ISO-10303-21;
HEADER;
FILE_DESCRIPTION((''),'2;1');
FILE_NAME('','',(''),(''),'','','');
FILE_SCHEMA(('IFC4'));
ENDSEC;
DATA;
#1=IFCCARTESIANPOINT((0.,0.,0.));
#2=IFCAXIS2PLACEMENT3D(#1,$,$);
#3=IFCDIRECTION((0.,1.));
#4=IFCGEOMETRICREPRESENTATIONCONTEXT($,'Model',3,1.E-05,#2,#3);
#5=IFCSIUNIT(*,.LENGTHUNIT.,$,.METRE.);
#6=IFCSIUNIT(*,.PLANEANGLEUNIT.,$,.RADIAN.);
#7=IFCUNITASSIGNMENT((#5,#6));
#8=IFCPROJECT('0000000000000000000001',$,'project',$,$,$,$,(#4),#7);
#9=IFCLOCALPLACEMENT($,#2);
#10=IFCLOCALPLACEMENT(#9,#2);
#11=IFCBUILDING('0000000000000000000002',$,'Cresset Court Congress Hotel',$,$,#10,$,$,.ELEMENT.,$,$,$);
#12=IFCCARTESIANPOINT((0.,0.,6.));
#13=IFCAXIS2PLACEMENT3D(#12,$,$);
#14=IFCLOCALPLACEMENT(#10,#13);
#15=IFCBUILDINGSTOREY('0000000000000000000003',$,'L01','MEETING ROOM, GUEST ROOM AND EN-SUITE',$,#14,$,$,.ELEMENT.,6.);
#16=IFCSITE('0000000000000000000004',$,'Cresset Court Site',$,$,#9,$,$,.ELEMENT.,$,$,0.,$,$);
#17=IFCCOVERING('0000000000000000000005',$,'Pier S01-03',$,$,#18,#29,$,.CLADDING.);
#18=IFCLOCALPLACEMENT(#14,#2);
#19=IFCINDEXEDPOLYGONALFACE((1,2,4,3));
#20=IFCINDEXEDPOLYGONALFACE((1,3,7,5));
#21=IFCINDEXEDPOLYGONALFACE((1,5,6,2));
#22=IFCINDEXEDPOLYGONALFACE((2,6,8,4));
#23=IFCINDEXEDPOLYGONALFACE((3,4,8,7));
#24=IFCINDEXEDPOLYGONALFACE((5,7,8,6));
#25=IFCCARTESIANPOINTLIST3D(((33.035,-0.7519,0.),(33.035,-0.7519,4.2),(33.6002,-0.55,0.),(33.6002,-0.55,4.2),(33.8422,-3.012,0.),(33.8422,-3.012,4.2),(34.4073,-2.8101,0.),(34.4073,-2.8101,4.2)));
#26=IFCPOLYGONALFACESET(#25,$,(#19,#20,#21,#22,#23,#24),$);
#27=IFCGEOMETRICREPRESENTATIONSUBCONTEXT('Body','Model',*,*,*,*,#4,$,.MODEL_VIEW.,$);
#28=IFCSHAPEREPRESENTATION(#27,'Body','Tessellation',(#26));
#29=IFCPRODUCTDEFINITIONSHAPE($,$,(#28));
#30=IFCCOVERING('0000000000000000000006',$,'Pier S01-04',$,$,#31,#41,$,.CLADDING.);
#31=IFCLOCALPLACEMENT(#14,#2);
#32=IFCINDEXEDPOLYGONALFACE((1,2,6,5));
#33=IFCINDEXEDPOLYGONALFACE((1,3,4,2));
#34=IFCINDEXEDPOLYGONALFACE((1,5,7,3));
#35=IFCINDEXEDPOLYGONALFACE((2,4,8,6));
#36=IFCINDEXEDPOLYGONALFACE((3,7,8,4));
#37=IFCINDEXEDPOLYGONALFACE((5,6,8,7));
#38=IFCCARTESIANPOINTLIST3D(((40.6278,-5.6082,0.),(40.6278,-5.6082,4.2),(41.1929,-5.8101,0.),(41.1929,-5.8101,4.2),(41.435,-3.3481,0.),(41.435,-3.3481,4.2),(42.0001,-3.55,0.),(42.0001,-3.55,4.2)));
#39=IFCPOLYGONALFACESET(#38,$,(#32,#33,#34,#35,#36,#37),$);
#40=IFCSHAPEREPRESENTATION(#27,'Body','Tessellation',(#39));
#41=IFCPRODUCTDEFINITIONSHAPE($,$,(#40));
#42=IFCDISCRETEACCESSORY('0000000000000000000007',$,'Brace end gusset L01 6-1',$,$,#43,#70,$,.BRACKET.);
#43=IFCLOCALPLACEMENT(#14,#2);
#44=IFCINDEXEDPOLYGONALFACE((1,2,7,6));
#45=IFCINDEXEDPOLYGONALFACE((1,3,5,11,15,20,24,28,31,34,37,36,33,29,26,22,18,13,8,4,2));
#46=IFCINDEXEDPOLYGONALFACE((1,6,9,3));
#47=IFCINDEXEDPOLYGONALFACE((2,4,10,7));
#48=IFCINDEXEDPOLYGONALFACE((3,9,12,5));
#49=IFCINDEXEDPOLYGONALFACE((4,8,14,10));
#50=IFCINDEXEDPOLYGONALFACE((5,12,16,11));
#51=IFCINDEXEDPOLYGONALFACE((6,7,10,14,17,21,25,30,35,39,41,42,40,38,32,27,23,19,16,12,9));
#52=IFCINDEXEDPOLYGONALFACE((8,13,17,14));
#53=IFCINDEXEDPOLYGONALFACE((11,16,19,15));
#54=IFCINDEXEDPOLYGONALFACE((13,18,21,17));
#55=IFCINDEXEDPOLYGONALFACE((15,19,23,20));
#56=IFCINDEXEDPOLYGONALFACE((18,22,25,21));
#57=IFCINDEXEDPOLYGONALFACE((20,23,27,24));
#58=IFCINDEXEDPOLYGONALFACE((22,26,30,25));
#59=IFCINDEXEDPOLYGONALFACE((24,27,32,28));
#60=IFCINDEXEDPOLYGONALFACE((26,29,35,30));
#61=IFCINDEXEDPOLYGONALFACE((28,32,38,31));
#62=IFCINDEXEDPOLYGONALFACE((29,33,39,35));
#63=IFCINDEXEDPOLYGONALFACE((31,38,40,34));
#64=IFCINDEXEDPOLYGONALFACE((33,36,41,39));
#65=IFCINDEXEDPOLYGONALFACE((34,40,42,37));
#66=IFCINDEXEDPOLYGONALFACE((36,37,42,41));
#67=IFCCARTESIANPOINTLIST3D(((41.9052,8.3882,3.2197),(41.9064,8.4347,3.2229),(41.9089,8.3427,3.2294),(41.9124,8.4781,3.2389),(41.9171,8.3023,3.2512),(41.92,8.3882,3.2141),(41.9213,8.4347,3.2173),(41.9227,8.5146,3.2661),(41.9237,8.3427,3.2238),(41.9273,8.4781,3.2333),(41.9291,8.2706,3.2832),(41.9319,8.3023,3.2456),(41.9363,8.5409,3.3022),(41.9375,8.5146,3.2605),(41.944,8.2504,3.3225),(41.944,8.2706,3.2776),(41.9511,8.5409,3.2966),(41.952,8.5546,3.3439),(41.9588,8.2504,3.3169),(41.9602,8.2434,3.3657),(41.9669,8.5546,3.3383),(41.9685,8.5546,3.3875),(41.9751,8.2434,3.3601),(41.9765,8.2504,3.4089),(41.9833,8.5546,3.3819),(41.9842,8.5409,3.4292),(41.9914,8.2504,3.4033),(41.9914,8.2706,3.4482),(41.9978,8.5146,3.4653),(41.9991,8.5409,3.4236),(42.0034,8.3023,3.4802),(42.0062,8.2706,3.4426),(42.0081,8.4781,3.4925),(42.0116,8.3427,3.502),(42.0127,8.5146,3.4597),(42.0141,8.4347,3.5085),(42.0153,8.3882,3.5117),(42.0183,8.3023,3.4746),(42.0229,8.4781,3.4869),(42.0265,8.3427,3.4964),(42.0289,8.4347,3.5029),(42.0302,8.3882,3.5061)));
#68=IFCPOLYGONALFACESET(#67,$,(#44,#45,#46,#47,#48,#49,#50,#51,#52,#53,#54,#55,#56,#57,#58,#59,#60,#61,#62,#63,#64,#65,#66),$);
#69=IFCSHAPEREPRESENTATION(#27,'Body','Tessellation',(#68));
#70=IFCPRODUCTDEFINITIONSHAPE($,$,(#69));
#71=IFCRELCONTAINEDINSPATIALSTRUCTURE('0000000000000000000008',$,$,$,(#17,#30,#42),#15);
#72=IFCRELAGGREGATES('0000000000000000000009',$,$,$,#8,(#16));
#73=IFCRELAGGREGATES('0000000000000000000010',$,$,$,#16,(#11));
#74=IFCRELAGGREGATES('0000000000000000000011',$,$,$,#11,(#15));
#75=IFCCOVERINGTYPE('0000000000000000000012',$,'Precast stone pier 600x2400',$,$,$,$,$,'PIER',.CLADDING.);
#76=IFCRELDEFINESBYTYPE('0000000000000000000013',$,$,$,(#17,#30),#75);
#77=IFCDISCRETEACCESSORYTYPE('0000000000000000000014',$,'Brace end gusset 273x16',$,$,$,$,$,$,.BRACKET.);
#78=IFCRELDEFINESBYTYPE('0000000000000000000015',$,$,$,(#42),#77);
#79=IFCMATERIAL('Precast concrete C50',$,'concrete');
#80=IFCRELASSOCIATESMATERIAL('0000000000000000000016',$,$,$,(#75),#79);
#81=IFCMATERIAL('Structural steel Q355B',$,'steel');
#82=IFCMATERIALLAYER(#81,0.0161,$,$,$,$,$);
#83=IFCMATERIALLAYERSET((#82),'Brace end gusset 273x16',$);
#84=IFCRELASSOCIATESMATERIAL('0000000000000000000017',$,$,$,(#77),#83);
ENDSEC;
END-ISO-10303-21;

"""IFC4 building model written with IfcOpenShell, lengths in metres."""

from ifc_helpers import new_model, si_unit, direction, frame, origin, origin_2d, place, context, subcontext, project, spatial, rectangle, circle, extrude, material, layer, layer_set, type_object, element, save


model = new_model("IFC4")

# Units and contexts
model_context = context("Model", 3, precision=1e-05, world=origin(), true_north=direction((0.0, 1.0)))
body_context = subcontext(model_context, "Body", "Model", "MODEL_VIEW")
ifc_project = project(units=[si_unit("LENGTHUNIT", "METRE"), si_unit("PLANEANGLEUNIT", "RADIAN")], contexts=[model_context])

# Site, building, storey
site_placement = place(None, origin())
site = spatial("IfcSite", under=ifc_project, at=site_placement, Name="Cresset Court Site", CompositionType="ELEMENT", RefElevation=0.0)
building_placement = place(site_placement, origin())
building = spatial("IfcBuilding", under=site, at=building_placement, Name="Cresset Court Congress Hotel", CompositionType="ELEMENT")
storey_placement = place(building_placement, frame((0.0, 0.0, 6.0)))
storey = spatial("IfcBuildingStorey", under=building, at=storey_placement, Name="L01", Description="MEETING ROOM, GUEST ROOM AND EN-SUITE", CompositionType="ELEMENT", Elevation=6.0)

# Coverings
ifc_material_1 = material(Name="Precast concrete C50", Category="concrete")
covering_type_1 = type_object("IfcCoveringType", Name="Precast stone pier 600x2400", ElementType="PIER", PredefinedType="CLADDING", material=ifc_material_1)
for number, where, z_axis, x_axis, name in (
    (1, (33.7212, -1.781, 0.0), (0.0, 0.0, 1.0), (0.941742, 0.336336, 0.0), "Pier S01-03"),
    (2, (41.314, -4.5791, 0.0), (0.0, 0.0, 1.0), (0.941742, -0.336336, 0.0), "Pier S01-04"),
):
    element("IfcCovering", number, at=place(storey_placement, frame(where, z_axis=z_axis, x_axis=x_axis)), inside=storey, type_object=covering_type_1, Name=name, PredefinedType="CLADDING", context=body_context, shape_type="SweptSolid", body=[
        extrude(rectangle(XDim=0.6001, YDim=2.3999, at=origin_2d()), origin(), (0.0, 0.0, 1.0), 4.2),
    ])

# Discrete accessory
ifc_material_2 = material(Name="Structural steel Q355B", Category="steel")
ifc_layer_1 = layer(ifc_material_2, 0.0161)
ifc_layer_set_1 = layer_set([ifc_layer_1], Name="Brace end gusset 273x16")
discrete_accessory_type = type_object("IfcDiscreteAccessoryType", Name="Brace end gusset 273x16", PredefinedType="BRACKET", material=ifc_layer_set_1)
discrete_accessory_placement = place(storey_placement, frame((41.9751, 8.3999, 3.3601), z_axis=(-0.935697, 0.0, 0.352804), x_axis=(0.0, -1.0, 0.0)))
element("IfcDiscreteAccessory", 3, at=discrete_accessory_placement, inside=storey, type_object=discrete_accessory_type, Name="Brace end gusset L01 6-1", PredefinedType="BRACKET", context=body_context, shape_type="SweptSolid", body=[
    extrude(circle(Radius=0.1565, at=origin_2d()), origin(), (0.0, 0.0, 1.0), 0.0159),
])

save(model, "model.ifc")
